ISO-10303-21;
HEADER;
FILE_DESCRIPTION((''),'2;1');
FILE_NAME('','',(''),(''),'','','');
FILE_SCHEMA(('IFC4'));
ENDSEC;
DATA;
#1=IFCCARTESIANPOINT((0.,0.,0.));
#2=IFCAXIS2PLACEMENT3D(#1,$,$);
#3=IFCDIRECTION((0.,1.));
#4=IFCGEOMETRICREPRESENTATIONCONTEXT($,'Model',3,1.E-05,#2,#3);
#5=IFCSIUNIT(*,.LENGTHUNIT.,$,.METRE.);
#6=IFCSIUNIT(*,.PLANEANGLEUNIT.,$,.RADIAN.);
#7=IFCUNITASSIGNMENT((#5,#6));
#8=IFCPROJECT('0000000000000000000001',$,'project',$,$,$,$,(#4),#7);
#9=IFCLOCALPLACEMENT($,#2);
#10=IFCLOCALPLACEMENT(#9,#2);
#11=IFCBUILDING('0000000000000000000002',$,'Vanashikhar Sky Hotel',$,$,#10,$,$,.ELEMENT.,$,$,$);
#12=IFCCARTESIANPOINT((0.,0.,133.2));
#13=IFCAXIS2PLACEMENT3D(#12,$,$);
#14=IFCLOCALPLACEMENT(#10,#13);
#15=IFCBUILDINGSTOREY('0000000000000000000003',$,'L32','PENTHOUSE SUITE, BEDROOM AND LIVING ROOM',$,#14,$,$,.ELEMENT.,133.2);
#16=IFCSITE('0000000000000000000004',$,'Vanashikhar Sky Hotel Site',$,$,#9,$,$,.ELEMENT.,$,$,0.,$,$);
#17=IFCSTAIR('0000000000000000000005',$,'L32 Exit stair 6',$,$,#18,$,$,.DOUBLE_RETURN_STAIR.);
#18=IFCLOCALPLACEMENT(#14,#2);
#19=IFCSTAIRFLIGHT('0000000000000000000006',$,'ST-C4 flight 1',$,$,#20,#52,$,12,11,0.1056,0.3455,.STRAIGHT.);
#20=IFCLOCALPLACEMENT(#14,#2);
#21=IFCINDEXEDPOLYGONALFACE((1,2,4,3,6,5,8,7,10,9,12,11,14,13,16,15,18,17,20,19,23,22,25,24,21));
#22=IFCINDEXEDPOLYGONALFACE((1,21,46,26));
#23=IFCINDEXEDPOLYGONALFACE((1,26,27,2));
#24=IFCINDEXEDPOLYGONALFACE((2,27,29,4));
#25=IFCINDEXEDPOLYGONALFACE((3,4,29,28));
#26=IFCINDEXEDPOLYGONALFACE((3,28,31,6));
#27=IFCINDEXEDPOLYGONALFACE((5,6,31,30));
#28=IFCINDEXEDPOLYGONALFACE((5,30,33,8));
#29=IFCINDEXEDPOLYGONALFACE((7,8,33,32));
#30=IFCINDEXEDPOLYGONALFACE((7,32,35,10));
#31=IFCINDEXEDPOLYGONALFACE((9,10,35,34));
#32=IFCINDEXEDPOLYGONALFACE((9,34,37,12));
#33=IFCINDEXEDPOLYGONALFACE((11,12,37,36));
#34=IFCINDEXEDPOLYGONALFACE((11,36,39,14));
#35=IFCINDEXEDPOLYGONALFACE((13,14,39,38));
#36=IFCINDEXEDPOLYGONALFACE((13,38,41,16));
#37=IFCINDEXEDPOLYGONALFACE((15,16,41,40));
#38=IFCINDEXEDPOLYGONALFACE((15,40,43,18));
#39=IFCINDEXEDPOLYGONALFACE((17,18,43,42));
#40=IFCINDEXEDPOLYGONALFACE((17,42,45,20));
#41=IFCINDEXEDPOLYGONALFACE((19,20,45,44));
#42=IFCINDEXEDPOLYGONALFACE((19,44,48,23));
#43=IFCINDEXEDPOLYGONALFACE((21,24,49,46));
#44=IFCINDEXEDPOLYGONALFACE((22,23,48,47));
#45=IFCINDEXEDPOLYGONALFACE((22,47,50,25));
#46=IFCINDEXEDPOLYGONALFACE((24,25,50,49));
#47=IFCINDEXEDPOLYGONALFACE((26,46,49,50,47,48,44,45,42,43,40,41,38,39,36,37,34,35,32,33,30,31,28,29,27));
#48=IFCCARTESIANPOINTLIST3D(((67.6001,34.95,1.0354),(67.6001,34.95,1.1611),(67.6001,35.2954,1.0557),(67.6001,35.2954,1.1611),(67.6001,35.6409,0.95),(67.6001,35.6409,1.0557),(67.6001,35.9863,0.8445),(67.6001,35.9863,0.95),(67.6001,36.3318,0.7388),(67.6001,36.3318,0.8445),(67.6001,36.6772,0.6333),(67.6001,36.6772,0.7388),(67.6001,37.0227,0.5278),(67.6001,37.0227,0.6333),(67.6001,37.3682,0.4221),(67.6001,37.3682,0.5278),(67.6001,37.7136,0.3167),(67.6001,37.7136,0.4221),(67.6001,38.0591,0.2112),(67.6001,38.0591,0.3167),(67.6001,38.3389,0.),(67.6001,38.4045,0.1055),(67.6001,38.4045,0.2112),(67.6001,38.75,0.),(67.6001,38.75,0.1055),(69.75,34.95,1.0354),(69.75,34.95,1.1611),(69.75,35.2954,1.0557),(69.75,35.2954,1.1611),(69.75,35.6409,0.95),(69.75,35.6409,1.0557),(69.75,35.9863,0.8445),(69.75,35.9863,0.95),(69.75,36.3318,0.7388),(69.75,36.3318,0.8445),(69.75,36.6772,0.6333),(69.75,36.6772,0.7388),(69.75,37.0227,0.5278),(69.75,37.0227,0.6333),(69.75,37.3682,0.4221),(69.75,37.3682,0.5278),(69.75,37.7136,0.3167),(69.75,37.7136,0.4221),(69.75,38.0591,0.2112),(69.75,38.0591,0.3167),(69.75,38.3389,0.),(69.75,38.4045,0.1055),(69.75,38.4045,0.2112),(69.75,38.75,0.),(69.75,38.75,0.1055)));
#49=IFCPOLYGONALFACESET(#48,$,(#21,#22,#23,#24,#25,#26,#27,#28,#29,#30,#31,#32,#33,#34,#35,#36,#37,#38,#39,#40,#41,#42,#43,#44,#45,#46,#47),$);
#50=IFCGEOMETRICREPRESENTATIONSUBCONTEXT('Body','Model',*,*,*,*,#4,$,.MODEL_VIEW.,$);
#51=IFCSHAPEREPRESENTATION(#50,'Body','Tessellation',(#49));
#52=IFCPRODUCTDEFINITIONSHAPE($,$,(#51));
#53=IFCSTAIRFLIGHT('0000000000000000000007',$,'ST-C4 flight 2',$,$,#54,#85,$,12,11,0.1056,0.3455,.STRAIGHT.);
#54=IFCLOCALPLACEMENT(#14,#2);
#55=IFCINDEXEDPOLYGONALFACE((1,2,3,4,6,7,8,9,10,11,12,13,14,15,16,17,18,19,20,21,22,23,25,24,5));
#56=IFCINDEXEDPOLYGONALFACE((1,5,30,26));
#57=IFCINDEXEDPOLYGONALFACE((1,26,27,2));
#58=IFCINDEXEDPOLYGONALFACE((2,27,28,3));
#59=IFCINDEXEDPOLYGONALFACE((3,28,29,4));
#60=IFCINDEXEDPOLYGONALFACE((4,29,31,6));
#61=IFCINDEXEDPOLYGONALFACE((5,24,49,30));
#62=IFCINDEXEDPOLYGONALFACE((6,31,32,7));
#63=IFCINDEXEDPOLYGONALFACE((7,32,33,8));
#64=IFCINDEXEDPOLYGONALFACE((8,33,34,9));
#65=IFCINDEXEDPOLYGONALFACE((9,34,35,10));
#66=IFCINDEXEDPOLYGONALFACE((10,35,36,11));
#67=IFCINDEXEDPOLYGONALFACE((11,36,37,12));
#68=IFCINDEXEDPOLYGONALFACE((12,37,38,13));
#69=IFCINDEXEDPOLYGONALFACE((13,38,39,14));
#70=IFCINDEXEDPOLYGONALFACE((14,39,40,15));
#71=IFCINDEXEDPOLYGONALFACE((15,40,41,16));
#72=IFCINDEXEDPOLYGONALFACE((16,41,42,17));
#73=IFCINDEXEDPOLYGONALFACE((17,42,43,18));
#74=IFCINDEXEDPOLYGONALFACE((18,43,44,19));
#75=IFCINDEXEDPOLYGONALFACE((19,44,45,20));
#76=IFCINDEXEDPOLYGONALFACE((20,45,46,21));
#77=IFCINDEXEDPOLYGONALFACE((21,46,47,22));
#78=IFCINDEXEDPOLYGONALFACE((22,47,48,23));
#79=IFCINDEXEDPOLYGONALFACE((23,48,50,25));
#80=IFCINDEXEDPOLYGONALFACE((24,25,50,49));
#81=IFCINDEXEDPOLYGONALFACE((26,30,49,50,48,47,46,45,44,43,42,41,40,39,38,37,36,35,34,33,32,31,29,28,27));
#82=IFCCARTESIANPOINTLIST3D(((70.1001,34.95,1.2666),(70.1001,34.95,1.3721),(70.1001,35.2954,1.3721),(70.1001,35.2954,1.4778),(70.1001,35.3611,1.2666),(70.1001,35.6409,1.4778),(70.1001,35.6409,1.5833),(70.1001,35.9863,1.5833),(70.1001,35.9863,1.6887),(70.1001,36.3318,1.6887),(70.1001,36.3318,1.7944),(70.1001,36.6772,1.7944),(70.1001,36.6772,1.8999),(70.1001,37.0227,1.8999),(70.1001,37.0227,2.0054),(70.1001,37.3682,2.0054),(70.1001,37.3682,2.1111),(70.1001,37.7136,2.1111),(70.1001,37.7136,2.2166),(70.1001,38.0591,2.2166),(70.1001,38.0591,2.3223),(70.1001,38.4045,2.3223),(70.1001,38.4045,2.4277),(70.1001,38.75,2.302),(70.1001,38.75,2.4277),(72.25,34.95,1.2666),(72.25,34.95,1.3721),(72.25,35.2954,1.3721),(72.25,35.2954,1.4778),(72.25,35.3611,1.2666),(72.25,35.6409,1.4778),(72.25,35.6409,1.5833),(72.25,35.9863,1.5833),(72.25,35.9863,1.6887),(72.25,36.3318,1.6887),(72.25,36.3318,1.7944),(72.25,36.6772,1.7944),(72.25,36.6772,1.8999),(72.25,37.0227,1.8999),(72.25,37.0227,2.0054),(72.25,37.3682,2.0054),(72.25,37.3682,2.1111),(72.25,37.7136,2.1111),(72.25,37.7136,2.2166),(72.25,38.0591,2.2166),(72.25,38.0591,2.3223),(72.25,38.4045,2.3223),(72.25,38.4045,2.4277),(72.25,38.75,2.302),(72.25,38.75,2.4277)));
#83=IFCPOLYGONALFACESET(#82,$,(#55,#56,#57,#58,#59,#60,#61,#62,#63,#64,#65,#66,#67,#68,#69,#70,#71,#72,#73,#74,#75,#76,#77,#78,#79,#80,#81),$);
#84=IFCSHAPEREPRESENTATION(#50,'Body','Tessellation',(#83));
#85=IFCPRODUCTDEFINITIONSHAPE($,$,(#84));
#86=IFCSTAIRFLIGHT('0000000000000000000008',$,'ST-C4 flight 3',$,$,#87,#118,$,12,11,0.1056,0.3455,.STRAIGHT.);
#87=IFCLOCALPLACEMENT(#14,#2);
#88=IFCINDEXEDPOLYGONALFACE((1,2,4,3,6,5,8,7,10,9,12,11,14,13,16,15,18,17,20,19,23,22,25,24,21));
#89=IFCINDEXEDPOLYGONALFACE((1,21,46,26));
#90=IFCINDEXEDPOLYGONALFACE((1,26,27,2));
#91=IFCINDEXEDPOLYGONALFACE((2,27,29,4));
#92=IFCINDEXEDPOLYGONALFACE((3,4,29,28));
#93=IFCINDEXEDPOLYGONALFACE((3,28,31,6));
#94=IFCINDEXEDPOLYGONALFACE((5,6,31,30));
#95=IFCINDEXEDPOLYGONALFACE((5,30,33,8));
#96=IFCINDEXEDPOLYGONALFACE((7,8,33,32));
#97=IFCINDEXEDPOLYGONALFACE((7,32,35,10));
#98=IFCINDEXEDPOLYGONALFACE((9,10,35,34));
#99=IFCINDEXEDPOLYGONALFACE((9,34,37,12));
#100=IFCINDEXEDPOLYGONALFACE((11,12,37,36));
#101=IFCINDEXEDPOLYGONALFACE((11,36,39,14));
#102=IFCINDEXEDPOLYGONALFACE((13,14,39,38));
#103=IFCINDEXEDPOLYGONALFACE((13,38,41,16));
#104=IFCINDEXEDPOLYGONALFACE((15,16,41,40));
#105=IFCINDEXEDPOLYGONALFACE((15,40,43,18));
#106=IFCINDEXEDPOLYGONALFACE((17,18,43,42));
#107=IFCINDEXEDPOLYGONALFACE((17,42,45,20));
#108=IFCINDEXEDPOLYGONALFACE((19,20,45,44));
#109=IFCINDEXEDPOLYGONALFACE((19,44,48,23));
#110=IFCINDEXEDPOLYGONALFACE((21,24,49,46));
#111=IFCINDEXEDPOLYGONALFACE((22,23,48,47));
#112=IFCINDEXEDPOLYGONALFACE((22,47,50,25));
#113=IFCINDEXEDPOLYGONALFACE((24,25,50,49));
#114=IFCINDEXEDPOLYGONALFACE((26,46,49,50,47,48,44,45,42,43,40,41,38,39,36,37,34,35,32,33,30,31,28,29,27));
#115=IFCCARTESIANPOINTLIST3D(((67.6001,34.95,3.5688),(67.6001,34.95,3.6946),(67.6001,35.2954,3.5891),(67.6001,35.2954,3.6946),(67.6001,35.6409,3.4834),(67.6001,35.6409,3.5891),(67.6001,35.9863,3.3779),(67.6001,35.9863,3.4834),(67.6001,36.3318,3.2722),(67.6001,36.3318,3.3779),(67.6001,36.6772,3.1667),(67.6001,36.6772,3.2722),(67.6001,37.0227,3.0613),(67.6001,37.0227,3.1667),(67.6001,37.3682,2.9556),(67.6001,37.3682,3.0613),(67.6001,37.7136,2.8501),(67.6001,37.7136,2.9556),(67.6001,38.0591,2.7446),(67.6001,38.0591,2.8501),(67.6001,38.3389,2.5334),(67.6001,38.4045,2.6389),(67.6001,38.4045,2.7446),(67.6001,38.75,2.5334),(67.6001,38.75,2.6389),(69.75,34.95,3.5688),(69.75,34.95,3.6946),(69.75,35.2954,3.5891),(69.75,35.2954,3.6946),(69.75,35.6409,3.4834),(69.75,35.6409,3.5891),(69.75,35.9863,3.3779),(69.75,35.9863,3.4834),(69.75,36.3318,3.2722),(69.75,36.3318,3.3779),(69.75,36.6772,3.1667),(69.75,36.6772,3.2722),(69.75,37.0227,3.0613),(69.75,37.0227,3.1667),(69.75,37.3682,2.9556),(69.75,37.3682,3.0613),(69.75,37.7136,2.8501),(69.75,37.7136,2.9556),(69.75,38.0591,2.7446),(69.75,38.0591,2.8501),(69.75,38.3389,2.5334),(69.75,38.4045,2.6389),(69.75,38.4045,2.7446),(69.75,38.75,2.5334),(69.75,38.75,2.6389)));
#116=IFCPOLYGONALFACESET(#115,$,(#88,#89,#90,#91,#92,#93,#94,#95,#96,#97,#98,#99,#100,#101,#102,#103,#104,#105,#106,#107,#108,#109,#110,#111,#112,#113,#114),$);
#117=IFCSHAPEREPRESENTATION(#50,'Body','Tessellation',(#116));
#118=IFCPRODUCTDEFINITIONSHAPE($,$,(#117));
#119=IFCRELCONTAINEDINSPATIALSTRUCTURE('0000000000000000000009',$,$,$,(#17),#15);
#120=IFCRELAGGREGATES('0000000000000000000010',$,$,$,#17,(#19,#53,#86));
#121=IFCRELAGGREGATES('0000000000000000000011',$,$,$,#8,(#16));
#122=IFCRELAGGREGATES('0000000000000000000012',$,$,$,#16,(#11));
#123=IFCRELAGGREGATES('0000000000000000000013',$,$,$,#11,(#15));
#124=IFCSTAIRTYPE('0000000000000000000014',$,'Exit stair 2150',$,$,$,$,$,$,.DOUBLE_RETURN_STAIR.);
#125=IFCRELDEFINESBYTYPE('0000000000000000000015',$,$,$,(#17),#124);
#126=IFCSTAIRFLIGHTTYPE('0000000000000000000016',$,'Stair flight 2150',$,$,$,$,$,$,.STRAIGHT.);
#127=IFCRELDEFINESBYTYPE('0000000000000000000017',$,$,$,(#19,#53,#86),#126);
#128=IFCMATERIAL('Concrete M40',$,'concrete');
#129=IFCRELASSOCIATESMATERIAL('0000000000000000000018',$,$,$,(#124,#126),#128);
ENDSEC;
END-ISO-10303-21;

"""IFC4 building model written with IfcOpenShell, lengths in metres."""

from ifc_helpers import new_model, si_unit, direction, frame, origin, place, context, subcontext, project, spatial, polyline, outline, extrude, source, transform, mapped, material, type_object, element, aggregate, save


model = new_model("IFC4")

# Units and contexts
model_context = context("Model", 3, precision=1e-05, world=origin(), true_north=direction((0.0, 1.0)))
body_context = subcontext(model_context, "Body", "Model", "MODEL_VIEW")
ifc_project = project(units=[si_unit("LENGTHUNIT", "METRE"), si_unit("PLANEANGLEUNIT", "RADIAN")], contexts=[model_context])

# Site, building, storey
site_placement = place(None, origin())
site = spatial("IfcSite", under=ifc_project, at=site_placement, Name="Vanashikhar Sky Hotel Site", CompositionType="ELEMENT", RefElevation=0.0)
building_placement = place(site_placement, origin())
building = spatial("IfcBuilding", under=site, at=building_placement, Name="Vanashikhar Sky Hotel", CompositionType="ELEMENT")
storey_placement = place(building_placement, frame((0.0, 0.0, 133.2)))
storey = spatial("IfcBuildingStorey", under=building, at=storey_placement, Name="L32", Description="PENTHOUSE SUITE, BEDROOM AND LIVING ROOM", CompositionType="ELEMENT", Elevation=133.2)

# Shared definitions
ifc_material_1 = material(Name="Concrete M40", Category="concrete")

# Stair, stair flights
stair_type = type_object("IfcStairType", Name="Exit stair 2150", PredefinedType="DOUBLE_RETURN_STAIR", material=ifc_material_1)
stair_flight_type = type_object("IfcStairFlightType", Name="Stair flight 2150", PredefinedType="STRAIGHT", material=ifc_material_1)
shared_shape_1 = source(origin(), body_context, "Body", "SweptSolid", [
    extrude(outline(polyline([(0.0, 0.0), (0.0, 0.1055), (0.3455, 0.1055), (0.3455, 0.2112), (0.6909, 0.2112), (0.6909, 0.3167), (1.0364, 0.3167), (1.0364, 0.4221), (1.3818, 0.4221), (1.3818, 0.5278), (1.7273, 0.5278), (1.7273, 0.6333), (2.0728, 0.6333), (2.0728, 0.7388), (2.4182, 0.7388), (2.4182, 0.8445), (2.7637, 0.8445), (2.7637, 0.95), (3.1091, 0.95), (3.1091, 1.0557), (3.4546, 1.0557), (3.4546, 1.1611), (3.8, 1.1611), (3.8, 1.2666), (3.8, 1.0354), (0.4111, 0.0), (0.0, 0.0)])), frame((0.0, 1.075, 0.0), z_axis=(0.0, -1.0, 0.0), x_axis=(1.0, 0.0, 0.0)), (0.0, 0.0, 1.0), 2.1499),
])
stair_1_placement = place(storey_placement, origin())
stair_1 = element("IfcStair", 1, at=stair_1_placement, inside=storey, type_object=stair_type, Name="L32 Exit stair 6", PredefinedType="DOUBLE_RETURN_STAIR")
stair_flight_1_placement = place(storey_placement, frame((68.675, 38.75, 0.0), z_axis=(0.0, 0.0, 1.0), x_axis=(0.0, -1.0, 0.0)))
stair_flight_1 = element("IfcStairFlight", 2, at=stair_flight_1_placement, type_object=stair_flight_type, Name="ST-C4 flight 1", NumberOfRisers=12, NumberOfTreads=11, PredefinedType="STRAIGHT", RiserHeight=0.1056, TreadLength=0.3455, context=body_context, shape_type="MappedRepresentation", body=[
    mapped(shared_shape_1, transform((0.0, 0.0, 0.0), scale=1.0)),
])
stair_flight_2_placement = place(storey_placement, frame((71.175, 34.95, 1.2666), z_axis=(0.0, 0.0, 1.0), x_axis=(0.0, 1.0, 0.0)))
stair_flight_2 = element("IfcStairFlight", 3, at=stair_flight_2_placement, type_object=stair_flight_type, Name="ST-C4 flight 2", NumberOfRisers=12, NumberOfTreads=11, PredefinedType="STRAIGHT", RiserHeight=0.1056, TreadLength=0.3455, context=body_context, shape_type="MappedRepresentation", body=[
    mapped(shared_shape_1, transform((0.0, 0.0, 0.0), scale=1.0)),
])
stair_flight_3_placement = place(storey_placement, frame((68.675, 38.75, 2.5334), z_axis=(0.0, 0.0, 1.0), x_axis=(0.0, -1.0, 0.0)))
stair_flight_3 = element("IfcStairFlight", 4, at=stair_flight_3_placement, type_object=stair_flight_type, Name="ST-C4 flight 3", NumberOfRisers=12, NumberOfTreads=11, PredefinedType="STRAIGHT", RiserHeight=0.1056, TreadLength=0.3455, context=body_context, shape_type="MappedRepresentation", body=[
    mapped(shared_shape_1, transform((0.0, 0.0, 0.0), scale=1.0)),
])
aggregate(stair_1, [stair_flight_1, stair_flight_2, stair_flight_3])

save(model, "model.ifc")
